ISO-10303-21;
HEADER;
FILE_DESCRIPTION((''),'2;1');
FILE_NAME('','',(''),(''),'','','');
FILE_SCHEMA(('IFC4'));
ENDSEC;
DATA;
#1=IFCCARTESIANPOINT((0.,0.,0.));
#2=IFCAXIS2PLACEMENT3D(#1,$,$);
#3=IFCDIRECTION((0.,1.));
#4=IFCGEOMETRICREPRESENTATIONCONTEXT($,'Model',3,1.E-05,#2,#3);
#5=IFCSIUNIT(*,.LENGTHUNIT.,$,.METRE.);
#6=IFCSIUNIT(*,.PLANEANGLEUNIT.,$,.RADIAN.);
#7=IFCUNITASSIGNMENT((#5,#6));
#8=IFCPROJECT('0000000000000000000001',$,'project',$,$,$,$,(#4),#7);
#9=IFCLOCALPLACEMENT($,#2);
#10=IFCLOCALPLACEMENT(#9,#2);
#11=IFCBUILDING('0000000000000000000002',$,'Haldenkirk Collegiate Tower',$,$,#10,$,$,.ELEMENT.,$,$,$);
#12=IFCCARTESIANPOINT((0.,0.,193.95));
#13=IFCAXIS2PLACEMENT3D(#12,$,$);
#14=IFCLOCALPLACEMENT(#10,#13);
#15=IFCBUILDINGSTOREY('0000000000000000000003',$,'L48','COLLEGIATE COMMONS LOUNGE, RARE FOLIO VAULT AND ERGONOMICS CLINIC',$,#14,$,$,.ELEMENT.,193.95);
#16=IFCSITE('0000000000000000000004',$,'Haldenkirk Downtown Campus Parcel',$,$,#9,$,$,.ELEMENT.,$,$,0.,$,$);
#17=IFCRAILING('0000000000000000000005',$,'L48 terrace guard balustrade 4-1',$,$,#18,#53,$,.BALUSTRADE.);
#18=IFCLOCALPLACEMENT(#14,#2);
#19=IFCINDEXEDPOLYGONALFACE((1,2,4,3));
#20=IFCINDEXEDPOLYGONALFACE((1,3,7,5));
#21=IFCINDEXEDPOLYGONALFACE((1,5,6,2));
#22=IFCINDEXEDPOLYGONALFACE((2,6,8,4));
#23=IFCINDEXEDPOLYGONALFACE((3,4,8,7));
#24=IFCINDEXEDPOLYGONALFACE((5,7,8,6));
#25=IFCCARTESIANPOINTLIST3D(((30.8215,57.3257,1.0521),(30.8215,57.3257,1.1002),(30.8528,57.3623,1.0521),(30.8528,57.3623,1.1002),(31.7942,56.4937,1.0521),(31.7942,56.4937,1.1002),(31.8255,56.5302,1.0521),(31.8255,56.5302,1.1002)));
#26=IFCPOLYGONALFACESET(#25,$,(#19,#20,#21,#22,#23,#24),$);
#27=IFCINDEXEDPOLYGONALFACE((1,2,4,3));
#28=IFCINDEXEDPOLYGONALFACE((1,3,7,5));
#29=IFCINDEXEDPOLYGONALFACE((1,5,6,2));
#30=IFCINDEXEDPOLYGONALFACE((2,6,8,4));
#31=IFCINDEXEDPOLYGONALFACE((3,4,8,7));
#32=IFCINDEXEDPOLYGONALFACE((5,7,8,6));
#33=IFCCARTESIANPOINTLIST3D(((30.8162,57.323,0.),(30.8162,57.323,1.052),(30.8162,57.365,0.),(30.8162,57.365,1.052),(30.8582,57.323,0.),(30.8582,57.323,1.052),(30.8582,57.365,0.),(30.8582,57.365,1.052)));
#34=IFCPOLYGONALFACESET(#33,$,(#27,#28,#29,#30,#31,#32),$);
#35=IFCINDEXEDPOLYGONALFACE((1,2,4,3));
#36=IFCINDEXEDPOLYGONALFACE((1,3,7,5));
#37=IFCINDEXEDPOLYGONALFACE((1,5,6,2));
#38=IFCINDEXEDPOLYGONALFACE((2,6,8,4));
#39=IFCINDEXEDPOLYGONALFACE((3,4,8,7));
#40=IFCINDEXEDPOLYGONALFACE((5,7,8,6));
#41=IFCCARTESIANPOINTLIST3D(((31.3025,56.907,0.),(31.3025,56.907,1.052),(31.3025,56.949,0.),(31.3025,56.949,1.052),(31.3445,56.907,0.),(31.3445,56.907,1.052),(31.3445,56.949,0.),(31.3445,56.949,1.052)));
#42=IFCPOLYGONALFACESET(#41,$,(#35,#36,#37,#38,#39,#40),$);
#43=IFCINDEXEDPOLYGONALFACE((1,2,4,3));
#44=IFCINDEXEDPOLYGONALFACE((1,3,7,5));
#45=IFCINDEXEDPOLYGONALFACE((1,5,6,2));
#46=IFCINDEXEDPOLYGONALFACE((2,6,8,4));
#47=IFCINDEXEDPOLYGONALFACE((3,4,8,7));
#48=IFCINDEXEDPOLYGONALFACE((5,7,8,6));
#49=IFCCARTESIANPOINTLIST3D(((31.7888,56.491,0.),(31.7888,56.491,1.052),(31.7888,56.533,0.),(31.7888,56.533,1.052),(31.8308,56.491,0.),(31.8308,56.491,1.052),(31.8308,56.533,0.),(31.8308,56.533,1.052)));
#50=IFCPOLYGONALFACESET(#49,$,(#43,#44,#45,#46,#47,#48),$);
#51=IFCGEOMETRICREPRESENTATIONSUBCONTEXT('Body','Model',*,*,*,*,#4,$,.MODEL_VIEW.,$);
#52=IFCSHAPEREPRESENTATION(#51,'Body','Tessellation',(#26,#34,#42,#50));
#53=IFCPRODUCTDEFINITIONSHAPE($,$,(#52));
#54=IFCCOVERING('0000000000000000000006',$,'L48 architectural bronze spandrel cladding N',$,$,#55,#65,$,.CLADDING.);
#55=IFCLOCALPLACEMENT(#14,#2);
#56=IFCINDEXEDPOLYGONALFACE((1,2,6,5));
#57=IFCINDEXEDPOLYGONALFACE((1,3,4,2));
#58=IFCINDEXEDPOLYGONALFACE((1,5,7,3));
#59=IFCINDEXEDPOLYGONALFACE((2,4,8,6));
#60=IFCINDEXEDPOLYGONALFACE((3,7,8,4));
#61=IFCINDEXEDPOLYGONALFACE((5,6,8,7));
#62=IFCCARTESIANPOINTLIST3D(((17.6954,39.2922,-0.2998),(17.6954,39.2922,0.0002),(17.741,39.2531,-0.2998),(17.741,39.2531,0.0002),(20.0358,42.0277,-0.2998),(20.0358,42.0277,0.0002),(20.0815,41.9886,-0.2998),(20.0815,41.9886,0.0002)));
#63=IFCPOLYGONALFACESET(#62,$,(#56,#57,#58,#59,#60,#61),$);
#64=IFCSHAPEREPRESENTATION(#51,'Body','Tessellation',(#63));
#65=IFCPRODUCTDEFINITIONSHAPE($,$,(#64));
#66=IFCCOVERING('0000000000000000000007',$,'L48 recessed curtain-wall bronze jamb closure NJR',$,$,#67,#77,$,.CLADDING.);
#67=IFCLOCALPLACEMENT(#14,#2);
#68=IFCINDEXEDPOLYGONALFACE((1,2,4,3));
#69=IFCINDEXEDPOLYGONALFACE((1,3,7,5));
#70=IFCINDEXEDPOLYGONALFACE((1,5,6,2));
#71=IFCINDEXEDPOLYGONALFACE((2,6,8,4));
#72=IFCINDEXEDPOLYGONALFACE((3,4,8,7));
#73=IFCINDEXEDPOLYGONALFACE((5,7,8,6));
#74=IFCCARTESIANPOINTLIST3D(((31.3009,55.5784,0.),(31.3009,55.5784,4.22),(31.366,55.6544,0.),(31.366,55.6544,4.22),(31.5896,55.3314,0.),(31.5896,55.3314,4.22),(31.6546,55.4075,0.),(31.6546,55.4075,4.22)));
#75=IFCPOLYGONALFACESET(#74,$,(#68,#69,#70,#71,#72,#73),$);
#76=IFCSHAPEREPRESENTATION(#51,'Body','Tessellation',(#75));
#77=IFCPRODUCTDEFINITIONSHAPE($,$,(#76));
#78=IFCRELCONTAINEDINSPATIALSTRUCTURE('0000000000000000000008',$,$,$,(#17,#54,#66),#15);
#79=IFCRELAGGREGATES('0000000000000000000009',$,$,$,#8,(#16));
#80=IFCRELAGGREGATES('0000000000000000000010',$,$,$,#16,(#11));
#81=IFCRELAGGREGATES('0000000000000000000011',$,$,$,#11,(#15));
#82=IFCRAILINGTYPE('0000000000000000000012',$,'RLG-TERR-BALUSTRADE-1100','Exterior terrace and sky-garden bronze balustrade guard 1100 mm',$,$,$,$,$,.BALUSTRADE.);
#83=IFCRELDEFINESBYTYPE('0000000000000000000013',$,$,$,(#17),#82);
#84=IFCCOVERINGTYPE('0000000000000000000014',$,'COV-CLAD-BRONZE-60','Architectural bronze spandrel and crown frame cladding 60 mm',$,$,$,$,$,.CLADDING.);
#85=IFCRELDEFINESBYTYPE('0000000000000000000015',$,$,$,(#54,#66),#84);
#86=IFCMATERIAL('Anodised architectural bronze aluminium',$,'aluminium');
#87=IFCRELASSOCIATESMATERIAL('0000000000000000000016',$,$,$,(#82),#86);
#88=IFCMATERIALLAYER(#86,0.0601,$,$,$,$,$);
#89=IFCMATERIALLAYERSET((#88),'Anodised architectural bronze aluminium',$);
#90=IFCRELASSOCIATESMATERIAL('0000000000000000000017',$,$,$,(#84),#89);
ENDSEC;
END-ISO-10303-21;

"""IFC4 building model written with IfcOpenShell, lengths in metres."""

from ifc_helpers import new_model, si_unit, direction, frame, origin, origin_2d, place, context, subcontext, project, spatial, rectangle, extrude, source, transform, mapped, material, layer, layer_set, type_object, element, save


model = new_model("IFC4")

# Units and contexts
model_context = context("Model", 3, precision=1e-05, world=origin(), true_north=direction((0.0, 1.0)))
body_context = subcontext(model_context, "Body", "Model", "MODEL_VIEW")
ifc_project = project(units=[si_unit("LENGTHUNIT", "METRE"), si_unit("PLANEANGLEUNIT", "RADIAN")], contexts=[model_context])

# Site, building, storey
site_placement = place(None, origin())
site = spatial("IfcSite", under=ifc_project, at=site_placement, Name="Haldenkirk Downtown Campus Parcel", CompositionType="ELEMENT", RefElevation=0.0)
building_placement = place(site_placement, origin())
building = spatial("IfcBuilding", under=site, at=building_placement, Name="Haldenkirk Collegiate Tower", CompositionType="ELEMENT")
storey_placement = place(building_placement, frame((0.0, 0.0, 193.95)))
storey = spatial("IfcBuildingStorey", under=building, at=storey_placement, Name="L48", Description="COLLEGIATE COMMONS LOUNGE, RARE FOLIO VAULT AND ERGONOMICS CLINIC", CompositionType="ELEMENT", Elevation=193.95)

# Shared definitions
ifc_material_1 = material(Name="Anodised architectural bronze aluminium", Category="aluminium")

# Railing
railing_type = type_object("IfcRailingType", Name="RLG-TERR-BALUSTRADE-1100", Description="Exterior terrace and sky-garden bronze balustrade guard 1100 mm", PredefinedType="BALUSTRADE", material=ifc_material_1)
railing_placement = place(storey_placement, frame((30.8372, 57.344, 0.0)))
element("IfcRailing", 1, at=railing_placement, inside=storey, type_object=railing_type, Name="L48 terrace guard balustrade 4-1", PredefinedType="BALUSTRADE", context=body_context, shape_type="SweptSolid", body=[
    extrude(rectangle(XDim=0.0481, YDim=0.0481, at=origin_2d()), frame((0.0, 0.0, 1.0762), z_axis=(0.759902, -0.650037, 0.0), x_axis=(0.650037, 0.759902, 0.0)), (0.0, 0.0, 1.0), 1.28),
    extrude(rectangle(XDim=0.042, YDim=0.042, at=origin_2d()), origin(), (0.0, 0.0, 1.0), 1.052),
    extrude(rectangle(XDim=0.042, YDim=0.042, at=origin_2d()), frame((0.4863, -0.416, 0.0)), (0.0, 0.0, 1.0), 1.052),
    extrude(rectangle(XDim=0.042, YDim=0.042, at=origin_2d()), frame((0.9727, -0.832, 0.0)), (0.0, 0.0, 1.0), 1.052),
])

# Coverings
ifc_layer_1 = layer(ifc_material_1, 0.0601)
ifc_layer_set_1 = layer_set([ifc_layer_1], Name="Anodised architectural bronze aluminium")
covering_type = type_object("IfcCoveringType", Name="COV-CLAD-BRONZE-60", Description="Architectural bronze spandrel and crown frame cladding 60 mm", PredefinedType="CLADDING", material=ifc_layer_set_1)
shared_shape_1 = source(origin(), body_context, "Body", "SweptSolid", [
    extrude(rectangle(XDim=3.6001, YDim=0.0601, at=origin_2d()), origin(), (0.0, 0.0, 1.0), 0.3),
])
covering_1_placement = place(storey_placement, frame((18.8884, 40.6404, -0.2998), z_axis=(0.0, 0.0, 1.0), x_axis=(0.650111, 0.759839, 0.0)))
element("IfcCovering", 2, at=covering_1_placement, inside=storey, type_object=covering_type, Name="L48 architectural bronze spandrel cladding N", PredefinedType="CLADDING", context=body_context, shape_type="MappedRepresentation", body=[
    mapped(shared_shape_1, transform((0.0, 0.0, 0.0), x_axis=(1.0, 0.0, 0.0), y_axis=(0.0, 1.0, 0.0), z_axis=(0.0, 0.0, 1.0), scale=1.0)),
])
shared_shape_2 = source(origin(), body_context, "Body", "SweptSolid", [
    extrude(rectangle(XDim=0.1001, YDim=0.3799, at=origin_2d()), origin(), (0.0, 0.0, 1.0), 4.22),
])
covering_2_placement = place(storey_placement, frame((31.4778, 55.4929, 0.0), z_axis=(0.0, 0.0, 1.0), x_axis=(0.650111, 0.759839, 0.0)))
element("IfcCovering", 3, at=covering_2_placement, inside=storey, type_object=covering_type, Name="L48 recessed curtain-wall bronze jamb closure NJR", PredefinedType="CLADDING", context=body_context, shape_type="MappedRepresentation", body=[
    mapped(shared_shape_2, transform((0.0, 0.0, 0.0), x_axis=(1.0, 0.0, 0.0), y_axis=(0.0, 1.0, 0.0), z_axis=(0.0, 0.0, 1.0), scale=1.0)),
])

save(model, "model.ifc")
